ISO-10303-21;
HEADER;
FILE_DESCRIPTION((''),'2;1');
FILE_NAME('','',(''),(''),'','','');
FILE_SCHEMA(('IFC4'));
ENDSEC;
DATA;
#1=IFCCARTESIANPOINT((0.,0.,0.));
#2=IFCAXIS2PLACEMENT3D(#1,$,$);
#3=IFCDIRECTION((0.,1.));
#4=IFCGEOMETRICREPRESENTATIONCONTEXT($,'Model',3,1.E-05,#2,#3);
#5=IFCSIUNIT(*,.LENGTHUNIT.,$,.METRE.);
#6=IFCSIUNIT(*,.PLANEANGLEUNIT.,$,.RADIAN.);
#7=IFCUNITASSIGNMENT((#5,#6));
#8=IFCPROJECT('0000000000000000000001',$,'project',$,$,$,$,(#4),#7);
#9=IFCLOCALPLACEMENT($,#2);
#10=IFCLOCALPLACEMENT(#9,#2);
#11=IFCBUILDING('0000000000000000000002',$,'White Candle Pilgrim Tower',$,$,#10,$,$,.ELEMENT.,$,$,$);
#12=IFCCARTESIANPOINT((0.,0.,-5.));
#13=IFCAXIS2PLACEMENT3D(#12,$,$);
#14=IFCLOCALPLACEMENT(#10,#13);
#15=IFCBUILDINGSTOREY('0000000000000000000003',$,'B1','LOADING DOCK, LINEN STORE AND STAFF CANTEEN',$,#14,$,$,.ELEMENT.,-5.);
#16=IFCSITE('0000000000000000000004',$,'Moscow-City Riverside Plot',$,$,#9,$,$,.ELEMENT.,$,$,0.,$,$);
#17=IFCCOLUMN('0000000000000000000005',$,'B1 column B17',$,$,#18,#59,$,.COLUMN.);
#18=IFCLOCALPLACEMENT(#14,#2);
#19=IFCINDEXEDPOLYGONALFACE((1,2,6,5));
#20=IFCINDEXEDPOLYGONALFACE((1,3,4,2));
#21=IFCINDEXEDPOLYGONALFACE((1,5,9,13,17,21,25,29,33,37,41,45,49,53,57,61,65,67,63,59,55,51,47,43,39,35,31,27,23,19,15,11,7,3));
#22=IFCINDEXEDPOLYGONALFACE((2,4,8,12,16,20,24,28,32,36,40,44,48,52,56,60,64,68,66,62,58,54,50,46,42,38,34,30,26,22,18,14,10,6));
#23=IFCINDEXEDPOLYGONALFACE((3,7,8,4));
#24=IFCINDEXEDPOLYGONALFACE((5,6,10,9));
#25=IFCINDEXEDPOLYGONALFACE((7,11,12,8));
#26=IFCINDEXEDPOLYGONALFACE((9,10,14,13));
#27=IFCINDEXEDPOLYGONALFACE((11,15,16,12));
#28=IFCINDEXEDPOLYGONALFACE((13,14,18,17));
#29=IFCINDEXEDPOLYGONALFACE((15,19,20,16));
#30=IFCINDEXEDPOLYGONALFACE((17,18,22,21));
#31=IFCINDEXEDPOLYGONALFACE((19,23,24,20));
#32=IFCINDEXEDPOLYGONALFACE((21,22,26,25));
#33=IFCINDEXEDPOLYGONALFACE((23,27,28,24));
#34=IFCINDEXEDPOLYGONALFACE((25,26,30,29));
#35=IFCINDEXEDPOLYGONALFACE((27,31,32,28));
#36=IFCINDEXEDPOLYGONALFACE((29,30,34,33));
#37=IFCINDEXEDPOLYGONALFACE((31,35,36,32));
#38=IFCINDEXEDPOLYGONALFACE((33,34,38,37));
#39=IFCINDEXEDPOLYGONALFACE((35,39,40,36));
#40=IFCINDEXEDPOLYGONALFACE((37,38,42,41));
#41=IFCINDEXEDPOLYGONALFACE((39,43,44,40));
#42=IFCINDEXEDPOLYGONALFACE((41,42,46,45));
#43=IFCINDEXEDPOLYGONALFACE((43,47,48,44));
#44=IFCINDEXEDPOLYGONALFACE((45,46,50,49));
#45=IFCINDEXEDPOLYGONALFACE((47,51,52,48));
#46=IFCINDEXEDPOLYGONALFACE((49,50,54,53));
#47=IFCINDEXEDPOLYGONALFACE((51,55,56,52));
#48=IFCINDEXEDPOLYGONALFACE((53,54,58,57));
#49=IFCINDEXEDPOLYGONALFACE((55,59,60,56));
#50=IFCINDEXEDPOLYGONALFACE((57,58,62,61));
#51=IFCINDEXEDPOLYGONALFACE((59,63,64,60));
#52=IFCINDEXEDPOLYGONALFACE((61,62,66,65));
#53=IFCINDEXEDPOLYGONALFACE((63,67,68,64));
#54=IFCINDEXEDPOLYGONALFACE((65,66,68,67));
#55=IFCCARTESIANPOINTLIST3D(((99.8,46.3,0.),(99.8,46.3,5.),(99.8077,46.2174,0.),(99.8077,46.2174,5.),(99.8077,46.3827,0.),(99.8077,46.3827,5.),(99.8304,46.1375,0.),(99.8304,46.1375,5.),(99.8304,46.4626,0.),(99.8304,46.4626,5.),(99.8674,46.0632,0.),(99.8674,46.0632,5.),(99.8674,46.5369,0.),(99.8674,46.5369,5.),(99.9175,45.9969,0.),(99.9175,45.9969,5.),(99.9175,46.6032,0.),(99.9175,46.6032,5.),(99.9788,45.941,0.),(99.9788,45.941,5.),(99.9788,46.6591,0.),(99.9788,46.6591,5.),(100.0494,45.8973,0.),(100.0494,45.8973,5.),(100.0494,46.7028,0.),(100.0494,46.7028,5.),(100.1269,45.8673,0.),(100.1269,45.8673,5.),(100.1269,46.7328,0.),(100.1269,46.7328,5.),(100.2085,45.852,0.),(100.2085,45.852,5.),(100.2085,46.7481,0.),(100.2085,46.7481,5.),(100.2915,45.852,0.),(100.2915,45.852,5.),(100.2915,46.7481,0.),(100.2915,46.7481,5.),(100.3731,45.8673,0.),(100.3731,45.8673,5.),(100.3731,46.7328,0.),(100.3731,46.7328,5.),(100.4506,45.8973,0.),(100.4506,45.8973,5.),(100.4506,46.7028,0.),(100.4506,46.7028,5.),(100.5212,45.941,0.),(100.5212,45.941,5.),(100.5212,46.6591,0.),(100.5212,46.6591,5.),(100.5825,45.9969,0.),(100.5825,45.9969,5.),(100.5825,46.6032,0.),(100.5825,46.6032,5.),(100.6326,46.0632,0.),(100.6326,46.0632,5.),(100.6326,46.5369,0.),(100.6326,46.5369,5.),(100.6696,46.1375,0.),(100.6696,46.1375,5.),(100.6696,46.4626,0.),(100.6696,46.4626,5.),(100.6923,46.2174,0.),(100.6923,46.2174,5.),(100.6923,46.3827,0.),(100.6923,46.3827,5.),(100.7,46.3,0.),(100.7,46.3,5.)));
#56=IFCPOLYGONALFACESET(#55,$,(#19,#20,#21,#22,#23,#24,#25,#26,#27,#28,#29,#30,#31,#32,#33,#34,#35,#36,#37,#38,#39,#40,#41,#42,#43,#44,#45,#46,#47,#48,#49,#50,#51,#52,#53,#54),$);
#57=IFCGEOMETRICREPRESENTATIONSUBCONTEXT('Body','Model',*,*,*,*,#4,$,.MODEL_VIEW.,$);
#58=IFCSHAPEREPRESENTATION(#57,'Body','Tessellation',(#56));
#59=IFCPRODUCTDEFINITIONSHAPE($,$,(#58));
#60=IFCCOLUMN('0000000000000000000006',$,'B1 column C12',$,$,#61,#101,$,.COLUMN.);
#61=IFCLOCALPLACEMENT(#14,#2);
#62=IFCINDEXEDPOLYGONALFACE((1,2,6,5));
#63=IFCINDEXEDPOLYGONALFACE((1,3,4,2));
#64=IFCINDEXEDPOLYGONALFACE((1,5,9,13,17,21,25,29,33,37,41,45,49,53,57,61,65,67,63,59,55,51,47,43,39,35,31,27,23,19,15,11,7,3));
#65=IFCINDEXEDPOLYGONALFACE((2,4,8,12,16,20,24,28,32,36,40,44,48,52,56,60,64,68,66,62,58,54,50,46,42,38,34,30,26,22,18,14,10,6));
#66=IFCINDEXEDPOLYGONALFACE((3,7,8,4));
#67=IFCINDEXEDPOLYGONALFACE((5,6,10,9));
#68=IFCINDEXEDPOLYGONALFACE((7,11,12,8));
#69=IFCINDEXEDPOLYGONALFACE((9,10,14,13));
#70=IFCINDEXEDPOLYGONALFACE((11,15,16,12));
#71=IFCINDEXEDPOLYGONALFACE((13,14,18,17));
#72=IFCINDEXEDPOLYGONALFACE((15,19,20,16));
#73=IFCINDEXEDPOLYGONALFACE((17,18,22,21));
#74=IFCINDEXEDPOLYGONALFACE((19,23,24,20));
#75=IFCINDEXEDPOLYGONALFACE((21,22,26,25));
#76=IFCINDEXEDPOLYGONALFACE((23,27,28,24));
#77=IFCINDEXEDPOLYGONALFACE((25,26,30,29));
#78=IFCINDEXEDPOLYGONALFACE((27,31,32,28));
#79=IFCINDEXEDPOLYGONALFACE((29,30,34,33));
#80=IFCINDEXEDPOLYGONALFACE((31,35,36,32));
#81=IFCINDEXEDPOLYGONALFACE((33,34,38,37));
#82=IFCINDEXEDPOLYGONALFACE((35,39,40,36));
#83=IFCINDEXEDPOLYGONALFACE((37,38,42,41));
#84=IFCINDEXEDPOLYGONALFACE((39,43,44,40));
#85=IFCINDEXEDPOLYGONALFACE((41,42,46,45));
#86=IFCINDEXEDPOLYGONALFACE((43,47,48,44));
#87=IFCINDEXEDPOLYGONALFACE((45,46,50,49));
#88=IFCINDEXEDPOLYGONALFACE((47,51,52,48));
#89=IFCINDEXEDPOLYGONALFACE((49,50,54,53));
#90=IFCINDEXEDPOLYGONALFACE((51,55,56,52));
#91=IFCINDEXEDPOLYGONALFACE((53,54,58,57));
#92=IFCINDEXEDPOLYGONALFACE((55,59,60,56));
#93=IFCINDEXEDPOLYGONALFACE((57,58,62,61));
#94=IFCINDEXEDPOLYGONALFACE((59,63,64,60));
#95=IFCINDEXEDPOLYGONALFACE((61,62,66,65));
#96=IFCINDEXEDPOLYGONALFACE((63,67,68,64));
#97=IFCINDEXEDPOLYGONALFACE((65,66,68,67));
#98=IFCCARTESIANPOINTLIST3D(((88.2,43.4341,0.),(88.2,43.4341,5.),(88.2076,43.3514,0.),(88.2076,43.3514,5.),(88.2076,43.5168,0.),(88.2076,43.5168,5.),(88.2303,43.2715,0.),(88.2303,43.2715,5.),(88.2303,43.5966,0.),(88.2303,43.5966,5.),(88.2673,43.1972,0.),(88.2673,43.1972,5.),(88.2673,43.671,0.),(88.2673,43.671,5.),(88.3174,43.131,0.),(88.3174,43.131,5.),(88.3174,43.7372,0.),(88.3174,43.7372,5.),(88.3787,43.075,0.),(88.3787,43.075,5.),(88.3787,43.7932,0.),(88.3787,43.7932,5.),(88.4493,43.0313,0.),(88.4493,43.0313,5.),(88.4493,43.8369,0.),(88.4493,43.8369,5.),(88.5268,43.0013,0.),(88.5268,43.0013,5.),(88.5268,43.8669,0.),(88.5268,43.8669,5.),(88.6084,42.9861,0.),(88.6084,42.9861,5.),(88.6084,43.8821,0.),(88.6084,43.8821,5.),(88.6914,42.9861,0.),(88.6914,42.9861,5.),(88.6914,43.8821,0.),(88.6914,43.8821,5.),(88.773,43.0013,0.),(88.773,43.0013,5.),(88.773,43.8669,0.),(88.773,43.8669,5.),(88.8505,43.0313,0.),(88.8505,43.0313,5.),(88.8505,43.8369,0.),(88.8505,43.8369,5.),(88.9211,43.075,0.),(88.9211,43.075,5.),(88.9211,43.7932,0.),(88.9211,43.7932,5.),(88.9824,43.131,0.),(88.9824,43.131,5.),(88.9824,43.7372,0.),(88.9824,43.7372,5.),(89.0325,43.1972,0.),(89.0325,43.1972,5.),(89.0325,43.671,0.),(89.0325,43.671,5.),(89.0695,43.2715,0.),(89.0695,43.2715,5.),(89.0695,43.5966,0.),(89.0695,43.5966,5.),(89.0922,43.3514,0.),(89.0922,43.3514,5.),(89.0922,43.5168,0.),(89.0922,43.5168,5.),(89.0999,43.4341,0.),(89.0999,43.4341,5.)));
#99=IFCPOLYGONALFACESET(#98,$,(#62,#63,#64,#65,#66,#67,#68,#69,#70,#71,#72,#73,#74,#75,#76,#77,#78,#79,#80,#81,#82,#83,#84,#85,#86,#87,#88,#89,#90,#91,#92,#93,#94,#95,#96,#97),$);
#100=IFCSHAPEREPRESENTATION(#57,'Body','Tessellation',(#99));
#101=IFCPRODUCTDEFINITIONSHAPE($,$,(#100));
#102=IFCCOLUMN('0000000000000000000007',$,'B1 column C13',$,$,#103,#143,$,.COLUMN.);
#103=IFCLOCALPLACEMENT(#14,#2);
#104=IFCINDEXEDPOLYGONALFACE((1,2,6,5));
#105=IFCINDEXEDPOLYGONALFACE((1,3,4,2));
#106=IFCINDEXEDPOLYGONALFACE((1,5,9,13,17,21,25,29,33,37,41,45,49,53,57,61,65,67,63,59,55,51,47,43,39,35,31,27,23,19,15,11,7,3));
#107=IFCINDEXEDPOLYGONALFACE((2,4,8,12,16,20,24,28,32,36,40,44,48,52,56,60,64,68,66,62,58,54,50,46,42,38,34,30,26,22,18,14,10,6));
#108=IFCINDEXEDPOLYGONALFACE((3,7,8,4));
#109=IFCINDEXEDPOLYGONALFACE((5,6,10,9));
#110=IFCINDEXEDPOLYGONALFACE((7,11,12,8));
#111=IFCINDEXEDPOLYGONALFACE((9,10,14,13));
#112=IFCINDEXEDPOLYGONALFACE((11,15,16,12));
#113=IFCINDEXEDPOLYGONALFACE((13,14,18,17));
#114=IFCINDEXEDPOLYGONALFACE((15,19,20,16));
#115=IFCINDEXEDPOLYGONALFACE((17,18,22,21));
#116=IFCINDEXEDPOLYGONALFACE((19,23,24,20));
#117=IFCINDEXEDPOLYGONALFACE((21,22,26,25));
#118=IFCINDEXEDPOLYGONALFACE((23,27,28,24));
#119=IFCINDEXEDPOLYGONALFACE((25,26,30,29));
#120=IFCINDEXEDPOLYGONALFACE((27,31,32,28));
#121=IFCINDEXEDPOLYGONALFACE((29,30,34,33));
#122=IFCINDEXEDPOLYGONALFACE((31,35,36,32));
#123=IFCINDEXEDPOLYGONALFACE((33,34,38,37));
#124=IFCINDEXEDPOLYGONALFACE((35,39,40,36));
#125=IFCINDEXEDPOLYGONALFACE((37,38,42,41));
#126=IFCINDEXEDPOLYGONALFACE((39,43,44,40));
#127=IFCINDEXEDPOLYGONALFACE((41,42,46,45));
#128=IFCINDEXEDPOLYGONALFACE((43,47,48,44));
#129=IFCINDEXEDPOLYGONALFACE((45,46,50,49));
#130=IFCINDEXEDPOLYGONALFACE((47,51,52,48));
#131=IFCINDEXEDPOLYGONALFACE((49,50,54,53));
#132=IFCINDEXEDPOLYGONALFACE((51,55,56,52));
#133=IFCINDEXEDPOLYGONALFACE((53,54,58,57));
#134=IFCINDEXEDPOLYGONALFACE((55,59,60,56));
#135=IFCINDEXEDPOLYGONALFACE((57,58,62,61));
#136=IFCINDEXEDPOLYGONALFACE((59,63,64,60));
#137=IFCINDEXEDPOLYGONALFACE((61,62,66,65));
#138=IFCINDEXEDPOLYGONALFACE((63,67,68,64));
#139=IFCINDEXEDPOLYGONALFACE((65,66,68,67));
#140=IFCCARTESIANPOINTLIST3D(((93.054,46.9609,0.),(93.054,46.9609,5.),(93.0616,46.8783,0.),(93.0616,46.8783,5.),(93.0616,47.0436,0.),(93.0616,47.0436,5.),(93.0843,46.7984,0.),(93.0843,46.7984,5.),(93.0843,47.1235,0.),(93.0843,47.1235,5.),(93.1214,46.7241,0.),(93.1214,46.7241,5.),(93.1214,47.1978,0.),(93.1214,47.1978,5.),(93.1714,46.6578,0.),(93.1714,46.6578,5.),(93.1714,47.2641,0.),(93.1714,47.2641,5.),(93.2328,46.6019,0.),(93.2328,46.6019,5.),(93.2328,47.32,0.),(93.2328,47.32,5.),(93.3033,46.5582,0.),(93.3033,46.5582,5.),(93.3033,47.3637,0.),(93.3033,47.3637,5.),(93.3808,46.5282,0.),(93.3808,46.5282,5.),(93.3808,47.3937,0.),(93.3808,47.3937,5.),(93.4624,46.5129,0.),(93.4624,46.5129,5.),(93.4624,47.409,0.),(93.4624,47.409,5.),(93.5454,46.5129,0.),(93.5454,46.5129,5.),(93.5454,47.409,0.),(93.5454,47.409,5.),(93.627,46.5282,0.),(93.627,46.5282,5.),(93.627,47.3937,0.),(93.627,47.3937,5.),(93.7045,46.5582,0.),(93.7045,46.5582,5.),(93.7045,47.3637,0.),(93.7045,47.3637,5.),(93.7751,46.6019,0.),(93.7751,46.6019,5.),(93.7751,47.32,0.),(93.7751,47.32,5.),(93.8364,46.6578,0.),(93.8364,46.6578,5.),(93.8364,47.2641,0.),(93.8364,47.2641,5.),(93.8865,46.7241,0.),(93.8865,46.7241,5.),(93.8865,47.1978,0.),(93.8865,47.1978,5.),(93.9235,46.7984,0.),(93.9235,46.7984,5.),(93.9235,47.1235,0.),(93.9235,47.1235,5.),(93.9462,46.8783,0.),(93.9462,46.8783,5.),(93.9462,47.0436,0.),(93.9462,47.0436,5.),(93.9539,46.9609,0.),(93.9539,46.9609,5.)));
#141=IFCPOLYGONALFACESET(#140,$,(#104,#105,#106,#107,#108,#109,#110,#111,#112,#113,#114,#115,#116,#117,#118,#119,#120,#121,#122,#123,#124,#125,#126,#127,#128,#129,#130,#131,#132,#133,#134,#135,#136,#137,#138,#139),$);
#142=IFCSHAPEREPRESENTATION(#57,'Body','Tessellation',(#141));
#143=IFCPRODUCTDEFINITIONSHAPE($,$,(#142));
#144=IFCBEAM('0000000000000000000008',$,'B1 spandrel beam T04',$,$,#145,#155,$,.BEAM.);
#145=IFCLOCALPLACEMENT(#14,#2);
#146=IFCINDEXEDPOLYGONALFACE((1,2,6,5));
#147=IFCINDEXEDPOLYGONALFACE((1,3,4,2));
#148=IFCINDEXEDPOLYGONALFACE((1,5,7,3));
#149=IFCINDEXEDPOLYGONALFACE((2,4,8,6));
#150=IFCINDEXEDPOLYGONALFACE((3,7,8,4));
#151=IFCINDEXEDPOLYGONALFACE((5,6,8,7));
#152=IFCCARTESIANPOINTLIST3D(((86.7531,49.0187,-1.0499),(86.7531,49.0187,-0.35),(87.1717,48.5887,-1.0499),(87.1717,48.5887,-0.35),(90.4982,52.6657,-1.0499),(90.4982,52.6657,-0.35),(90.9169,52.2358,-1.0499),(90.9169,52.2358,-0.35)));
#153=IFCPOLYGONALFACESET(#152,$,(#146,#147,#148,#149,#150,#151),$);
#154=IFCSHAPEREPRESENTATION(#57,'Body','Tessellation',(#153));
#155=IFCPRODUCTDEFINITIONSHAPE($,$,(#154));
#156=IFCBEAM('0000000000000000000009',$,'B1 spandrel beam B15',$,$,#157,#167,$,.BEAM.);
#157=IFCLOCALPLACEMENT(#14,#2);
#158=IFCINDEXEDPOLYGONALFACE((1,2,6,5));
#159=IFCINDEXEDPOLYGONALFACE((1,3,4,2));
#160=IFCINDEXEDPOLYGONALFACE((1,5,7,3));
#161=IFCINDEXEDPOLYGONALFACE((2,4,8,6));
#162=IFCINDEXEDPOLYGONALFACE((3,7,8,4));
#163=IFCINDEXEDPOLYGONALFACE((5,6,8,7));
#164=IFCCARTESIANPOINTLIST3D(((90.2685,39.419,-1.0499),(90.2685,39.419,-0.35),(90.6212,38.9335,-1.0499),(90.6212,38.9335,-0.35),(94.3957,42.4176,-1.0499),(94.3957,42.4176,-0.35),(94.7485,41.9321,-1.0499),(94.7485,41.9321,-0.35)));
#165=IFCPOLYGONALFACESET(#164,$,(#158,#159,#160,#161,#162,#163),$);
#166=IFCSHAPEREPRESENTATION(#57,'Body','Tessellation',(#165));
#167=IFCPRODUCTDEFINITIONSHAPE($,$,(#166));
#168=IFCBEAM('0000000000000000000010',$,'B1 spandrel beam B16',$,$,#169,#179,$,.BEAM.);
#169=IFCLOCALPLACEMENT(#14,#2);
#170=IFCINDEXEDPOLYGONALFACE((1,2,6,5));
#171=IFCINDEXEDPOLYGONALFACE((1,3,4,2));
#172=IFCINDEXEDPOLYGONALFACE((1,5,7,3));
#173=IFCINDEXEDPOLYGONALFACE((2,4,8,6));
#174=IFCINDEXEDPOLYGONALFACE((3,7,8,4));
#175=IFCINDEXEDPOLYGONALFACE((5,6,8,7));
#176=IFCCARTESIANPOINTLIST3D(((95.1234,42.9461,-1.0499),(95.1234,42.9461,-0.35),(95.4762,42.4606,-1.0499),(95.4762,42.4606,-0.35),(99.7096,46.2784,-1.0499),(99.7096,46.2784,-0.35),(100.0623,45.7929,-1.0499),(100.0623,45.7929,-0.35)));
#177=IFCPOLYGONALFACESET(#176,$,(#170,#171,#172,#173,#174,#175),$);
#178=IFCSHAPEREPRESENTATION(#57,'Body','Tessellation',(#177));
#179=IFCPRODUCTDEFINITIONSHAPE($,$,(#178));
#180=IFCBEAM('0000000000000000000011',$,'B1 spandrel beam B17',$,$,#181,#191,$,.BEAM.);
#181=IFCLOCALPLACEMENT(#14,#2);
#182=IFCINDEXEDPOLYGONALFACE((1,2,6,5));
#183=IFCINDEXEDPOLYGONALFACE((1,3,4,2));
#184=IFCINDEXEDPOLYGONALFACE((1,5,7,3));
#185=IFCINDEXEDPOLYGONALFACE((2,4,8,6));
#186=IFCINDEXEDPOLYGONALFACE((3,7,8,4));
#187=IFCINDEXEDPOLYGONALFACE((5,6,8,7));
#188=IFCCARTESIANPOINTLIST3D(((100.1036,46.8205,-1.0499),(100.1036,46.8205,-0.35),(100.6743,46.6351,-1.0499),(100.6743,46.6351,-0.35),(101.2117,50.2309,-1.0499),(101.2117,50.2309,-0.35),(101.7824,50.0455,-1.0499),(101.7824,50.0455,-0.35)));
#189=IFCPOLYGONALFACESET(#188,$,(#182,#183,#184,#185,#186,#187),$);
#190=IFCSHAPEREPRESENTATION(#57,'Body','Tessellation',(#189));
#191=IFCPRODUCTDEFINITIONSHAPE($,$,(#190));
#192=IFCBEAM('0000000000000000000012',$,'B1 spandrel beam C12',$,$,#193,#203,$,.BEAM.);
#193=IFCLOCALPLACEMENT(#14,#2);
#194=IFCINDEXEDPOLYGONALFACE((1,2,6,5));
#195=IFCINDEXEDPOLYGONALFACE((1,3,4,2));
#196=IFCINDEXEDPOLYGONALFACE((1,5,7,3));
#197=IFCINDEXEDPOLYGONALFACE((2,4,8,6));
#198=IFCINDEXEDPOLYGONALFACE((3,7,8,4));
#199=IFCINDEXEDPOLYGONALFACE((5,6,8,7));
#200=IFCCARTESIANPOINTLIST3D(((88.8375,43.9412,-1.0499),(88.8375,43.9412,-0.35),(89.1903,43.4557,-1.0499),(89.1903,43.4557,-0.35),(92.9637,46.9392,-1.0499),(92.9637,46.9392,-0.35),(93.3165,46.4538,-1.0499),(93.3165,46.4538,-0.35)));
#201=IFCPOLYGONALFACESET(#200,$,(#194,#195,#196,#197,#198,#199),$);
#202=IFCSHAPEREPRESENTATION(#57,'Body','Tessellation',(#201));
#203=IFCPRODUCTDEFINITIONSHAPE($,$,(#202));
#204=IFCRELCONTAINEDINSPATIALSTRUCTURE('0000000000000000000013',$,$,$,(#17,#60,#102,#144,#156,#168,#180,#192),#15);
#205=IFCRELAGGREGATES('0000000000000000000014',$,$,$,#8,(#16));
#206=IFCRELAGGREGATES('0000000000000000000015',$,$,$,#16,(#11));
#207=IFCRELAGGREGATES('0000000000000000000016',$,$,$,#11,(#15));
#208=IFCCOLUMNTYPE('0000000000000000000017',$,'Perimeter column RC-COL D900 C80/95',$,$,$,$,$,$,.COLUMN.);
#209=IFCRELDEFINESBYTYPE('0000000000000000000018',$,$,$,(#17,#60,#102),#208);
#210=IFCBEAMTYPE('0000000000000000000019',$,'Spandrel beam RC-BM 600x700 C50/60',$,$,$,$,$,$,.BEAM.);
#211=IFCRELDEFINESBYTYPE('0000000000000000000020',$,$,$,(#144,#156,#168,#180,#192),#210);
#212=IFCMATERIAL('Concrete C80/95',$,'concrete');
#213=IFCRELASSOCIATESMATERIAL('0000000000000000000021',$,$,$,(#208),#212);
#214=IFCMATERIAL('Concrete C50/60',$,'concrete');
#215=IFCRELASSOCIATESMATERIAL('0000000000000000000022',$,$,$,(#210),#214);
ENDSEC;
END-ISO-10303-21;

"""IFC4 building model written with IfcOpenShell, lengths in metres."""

from ifc_helpers import new_model, si_unit, direction, frame, origin, origin_2d, place, context, subcontext, project, spatial, rectangle, circle, extrude, material, material_profile, profile_set, type_object, element, save


model = new_model("IFC4")

# Units and contexts
model_context = context("Model", 3, precision=1e-05, world=origin(), true_north=direction((0.0, 1.0)))
body_context = subcontext(model_context, "Body", "Model", "MODEL_VIEW")
ifc_project = project(units=[si_unit("LENGTHUNIT", "METRE"), si_unit("PLANEANGLEUNIT", "RADIAN")], contexts=[model_context])

# Site, building, storey
site_placement = place(None, origin())
site = spatial("IfcSite", under=ifc_project, at=site_placement, Name="Moscow-City Riverside Plot", CompositionType="ELEMENT", RefElevation=0.0)
building_placement = place(site_placement, origin())
building = spatial("IfcBuilding", under=site, at=building_placement, Name="White Candle Pilgrim Tower", CompositionType="ELEMENT")
storey_placement = place(building_placement, frame((0.0, 0.0, -5.0)))
storey = spatial("IfcBuildingStorey", under=building, at=storey_placement, Name="B1", Description="LOADING DOCK, LINEN STORE AND STAFF CANTEEN", CompositionType="ELEMENT", Elevation=-5.0)

# Columns
ifc_material_1 = material(Name="Concrete C80/95", Category="concrete")
ifc_material_profile_1 = material_profile(ifc_material_1, circle(Radius=0.45, at=origin_2d()), Name="RC-COL D900")
ifc_profile_set_1 = profile_set([ifc_material_profile_1], Name="Concrete C80/95")
column_type = type_object("IfcColumnType", Name="Perimeter column RC-COL D900 C80/95", PredefinedType="COLUMN", material=ifc_profile_set_1)
for number, where, z_axis, x_axis, name in (
    (1, (100.25, 46.3, 0.0), (0.0, 0.0, 1.0), (1.0, 0.0, 0.0), "B1 column B17"),
    (2, (88.6499, 43.4341, 0.0), (0.0, 0.0, 1.0), (1.0, 0.0, 0.0), "B1 column C12"),
    (3, (93.5039, 46.9609, 0.0), (0.0, 0.0, 1.0), (1.0, 0.0, 0.0), "B1 column C13"),
):
    element("IfcColumn", number, at=place(storey_placement, frame(where, z_axis=z_axis, x_axis=x_axis)), inside=storey, type_object=column_type, Name=name, PredefinedType="COLUMN", context=body_context, shape_type="SweptSolid", body=[
        extrude(circle(Radius=0.45, at=origin_2d()), origin(), (0.0, 0.0, 1.0), 5.0),
    ])

# Beams
ifc_material_2 = material(Name="Concrete C50/60", Category="concrete")
ifc_material_profile_2 = material_profile(ifc_material_2, rectangle(XDim=0.6001, YDim=0.7, at=origin_2d()), Name="RC-BM 600x700")
ifc_profile_set_2 = profile_set([ifc_material_profile_2], Name="Concrete C50/60")
beam_type = type_object("IfcBeamType", Name="Spandrel beam RC-BM 600x700 C50/60", PredefinedType="BEAM", material=ifc_profile_set_2)
beam_1_placement = place(storey_placement, frame((86.9624, 48.8037, -0.7), z_axis=(0.716432, 0.697657, 0.0), x_axis=(-0.697657, 0.716432, 0.0)))
element("IfcBeam", 4, at=beam_1_placement, inside=storey, type_object=beam_type, Name="B1 spandrel beam T04", PredefinedType="BEAM", context=body_context, shape_type="SweptSolid", body=[
    extrude(rectangle(XDim=0.6001, YDim=0.7, at=origin_2d()), origin(), (0.0, 0.0, 1.0), 5.2275),
])
beam_2_placement = place(storey_placement, frame((90.4448, 39.1763, -0.7), z_axis=(0.809022, 0.587779, 0.0), x_axis=(-0.587779, 0.809022, 0.0)))
element("IfcBeam", 5, at=beam_2_placement, inside=storey, type_object=beam_type, Name="B1 spandrel beam B15", PredefinedType="BEAM", context=body_context, shape_type="SweptSolid", body=[
    extrude(rectangle(XDim=0.6001, YDim=0.7, at=origin_2d()), origin(), (0.0, 0.0, 1.0), 5.1016),
])
beam_3_placement = place(storey_placement, frame((95.2998, 42.7034, -0.7), z_axis=(0.808999, 0.587811, 0.0), x_axis=(-0.587811, 0.808999, 0.0)))
element("IfcBeam", 6, at=beam_3_placement, inside=storey, type_object=beam_type, Name="B1 spandrel beam B16", PredefinedType="BEAM", context=body_context, shape_type="SweptSolid", body=[
    extrude(rectangle(XDim=0.6001, YDim=0.7, at=origin_2d()), origin(), (0.0, 0.0, 1.0), 5.6689),
])
beam_4_placement = place(storey_placement, frame((100.3889, 46.7278, -0.7), z_axis=(0.309029, 0.951053, 0.0), x_axis=(-0.951053, 0.309029, 0.0)))
element("IfcBeam", 7, at=beam_4_placement, inside=storey, type_object=beam_type, Name="B1 spandrel beam B17", PredefinedType="BEAM", context=body_context, shape_type="SweptSolid", body=[
    extrude(rectangle(XDim=0.6001, YDim=0.7, at=origin_2d()), origin(), (0.0, 0.0, 1.0), 3.5859),
])
beam_5_placement = place(storey_placement, frame((89.0139, 43.6985, -0.7), z_axis=(0.809001, 0.587807, 0.0), x_axis=(-0.587807, 0.809001, 0.0)))
element("IfcBeam", 8, at=beam_5_placement, inside=storey, type_object=beam_type, Name="B1 spandrel beam C12", PredefinedType="BEAM", context=body_context, shape_type="SweptSolid", body=[
    extrude(rectangle(XDim=0.6001, YDim=0.7, at=origin_2d()), origin(), (0.0, 0.0, 1.0), 5.1003),
])

save(model, "model.ifc")
